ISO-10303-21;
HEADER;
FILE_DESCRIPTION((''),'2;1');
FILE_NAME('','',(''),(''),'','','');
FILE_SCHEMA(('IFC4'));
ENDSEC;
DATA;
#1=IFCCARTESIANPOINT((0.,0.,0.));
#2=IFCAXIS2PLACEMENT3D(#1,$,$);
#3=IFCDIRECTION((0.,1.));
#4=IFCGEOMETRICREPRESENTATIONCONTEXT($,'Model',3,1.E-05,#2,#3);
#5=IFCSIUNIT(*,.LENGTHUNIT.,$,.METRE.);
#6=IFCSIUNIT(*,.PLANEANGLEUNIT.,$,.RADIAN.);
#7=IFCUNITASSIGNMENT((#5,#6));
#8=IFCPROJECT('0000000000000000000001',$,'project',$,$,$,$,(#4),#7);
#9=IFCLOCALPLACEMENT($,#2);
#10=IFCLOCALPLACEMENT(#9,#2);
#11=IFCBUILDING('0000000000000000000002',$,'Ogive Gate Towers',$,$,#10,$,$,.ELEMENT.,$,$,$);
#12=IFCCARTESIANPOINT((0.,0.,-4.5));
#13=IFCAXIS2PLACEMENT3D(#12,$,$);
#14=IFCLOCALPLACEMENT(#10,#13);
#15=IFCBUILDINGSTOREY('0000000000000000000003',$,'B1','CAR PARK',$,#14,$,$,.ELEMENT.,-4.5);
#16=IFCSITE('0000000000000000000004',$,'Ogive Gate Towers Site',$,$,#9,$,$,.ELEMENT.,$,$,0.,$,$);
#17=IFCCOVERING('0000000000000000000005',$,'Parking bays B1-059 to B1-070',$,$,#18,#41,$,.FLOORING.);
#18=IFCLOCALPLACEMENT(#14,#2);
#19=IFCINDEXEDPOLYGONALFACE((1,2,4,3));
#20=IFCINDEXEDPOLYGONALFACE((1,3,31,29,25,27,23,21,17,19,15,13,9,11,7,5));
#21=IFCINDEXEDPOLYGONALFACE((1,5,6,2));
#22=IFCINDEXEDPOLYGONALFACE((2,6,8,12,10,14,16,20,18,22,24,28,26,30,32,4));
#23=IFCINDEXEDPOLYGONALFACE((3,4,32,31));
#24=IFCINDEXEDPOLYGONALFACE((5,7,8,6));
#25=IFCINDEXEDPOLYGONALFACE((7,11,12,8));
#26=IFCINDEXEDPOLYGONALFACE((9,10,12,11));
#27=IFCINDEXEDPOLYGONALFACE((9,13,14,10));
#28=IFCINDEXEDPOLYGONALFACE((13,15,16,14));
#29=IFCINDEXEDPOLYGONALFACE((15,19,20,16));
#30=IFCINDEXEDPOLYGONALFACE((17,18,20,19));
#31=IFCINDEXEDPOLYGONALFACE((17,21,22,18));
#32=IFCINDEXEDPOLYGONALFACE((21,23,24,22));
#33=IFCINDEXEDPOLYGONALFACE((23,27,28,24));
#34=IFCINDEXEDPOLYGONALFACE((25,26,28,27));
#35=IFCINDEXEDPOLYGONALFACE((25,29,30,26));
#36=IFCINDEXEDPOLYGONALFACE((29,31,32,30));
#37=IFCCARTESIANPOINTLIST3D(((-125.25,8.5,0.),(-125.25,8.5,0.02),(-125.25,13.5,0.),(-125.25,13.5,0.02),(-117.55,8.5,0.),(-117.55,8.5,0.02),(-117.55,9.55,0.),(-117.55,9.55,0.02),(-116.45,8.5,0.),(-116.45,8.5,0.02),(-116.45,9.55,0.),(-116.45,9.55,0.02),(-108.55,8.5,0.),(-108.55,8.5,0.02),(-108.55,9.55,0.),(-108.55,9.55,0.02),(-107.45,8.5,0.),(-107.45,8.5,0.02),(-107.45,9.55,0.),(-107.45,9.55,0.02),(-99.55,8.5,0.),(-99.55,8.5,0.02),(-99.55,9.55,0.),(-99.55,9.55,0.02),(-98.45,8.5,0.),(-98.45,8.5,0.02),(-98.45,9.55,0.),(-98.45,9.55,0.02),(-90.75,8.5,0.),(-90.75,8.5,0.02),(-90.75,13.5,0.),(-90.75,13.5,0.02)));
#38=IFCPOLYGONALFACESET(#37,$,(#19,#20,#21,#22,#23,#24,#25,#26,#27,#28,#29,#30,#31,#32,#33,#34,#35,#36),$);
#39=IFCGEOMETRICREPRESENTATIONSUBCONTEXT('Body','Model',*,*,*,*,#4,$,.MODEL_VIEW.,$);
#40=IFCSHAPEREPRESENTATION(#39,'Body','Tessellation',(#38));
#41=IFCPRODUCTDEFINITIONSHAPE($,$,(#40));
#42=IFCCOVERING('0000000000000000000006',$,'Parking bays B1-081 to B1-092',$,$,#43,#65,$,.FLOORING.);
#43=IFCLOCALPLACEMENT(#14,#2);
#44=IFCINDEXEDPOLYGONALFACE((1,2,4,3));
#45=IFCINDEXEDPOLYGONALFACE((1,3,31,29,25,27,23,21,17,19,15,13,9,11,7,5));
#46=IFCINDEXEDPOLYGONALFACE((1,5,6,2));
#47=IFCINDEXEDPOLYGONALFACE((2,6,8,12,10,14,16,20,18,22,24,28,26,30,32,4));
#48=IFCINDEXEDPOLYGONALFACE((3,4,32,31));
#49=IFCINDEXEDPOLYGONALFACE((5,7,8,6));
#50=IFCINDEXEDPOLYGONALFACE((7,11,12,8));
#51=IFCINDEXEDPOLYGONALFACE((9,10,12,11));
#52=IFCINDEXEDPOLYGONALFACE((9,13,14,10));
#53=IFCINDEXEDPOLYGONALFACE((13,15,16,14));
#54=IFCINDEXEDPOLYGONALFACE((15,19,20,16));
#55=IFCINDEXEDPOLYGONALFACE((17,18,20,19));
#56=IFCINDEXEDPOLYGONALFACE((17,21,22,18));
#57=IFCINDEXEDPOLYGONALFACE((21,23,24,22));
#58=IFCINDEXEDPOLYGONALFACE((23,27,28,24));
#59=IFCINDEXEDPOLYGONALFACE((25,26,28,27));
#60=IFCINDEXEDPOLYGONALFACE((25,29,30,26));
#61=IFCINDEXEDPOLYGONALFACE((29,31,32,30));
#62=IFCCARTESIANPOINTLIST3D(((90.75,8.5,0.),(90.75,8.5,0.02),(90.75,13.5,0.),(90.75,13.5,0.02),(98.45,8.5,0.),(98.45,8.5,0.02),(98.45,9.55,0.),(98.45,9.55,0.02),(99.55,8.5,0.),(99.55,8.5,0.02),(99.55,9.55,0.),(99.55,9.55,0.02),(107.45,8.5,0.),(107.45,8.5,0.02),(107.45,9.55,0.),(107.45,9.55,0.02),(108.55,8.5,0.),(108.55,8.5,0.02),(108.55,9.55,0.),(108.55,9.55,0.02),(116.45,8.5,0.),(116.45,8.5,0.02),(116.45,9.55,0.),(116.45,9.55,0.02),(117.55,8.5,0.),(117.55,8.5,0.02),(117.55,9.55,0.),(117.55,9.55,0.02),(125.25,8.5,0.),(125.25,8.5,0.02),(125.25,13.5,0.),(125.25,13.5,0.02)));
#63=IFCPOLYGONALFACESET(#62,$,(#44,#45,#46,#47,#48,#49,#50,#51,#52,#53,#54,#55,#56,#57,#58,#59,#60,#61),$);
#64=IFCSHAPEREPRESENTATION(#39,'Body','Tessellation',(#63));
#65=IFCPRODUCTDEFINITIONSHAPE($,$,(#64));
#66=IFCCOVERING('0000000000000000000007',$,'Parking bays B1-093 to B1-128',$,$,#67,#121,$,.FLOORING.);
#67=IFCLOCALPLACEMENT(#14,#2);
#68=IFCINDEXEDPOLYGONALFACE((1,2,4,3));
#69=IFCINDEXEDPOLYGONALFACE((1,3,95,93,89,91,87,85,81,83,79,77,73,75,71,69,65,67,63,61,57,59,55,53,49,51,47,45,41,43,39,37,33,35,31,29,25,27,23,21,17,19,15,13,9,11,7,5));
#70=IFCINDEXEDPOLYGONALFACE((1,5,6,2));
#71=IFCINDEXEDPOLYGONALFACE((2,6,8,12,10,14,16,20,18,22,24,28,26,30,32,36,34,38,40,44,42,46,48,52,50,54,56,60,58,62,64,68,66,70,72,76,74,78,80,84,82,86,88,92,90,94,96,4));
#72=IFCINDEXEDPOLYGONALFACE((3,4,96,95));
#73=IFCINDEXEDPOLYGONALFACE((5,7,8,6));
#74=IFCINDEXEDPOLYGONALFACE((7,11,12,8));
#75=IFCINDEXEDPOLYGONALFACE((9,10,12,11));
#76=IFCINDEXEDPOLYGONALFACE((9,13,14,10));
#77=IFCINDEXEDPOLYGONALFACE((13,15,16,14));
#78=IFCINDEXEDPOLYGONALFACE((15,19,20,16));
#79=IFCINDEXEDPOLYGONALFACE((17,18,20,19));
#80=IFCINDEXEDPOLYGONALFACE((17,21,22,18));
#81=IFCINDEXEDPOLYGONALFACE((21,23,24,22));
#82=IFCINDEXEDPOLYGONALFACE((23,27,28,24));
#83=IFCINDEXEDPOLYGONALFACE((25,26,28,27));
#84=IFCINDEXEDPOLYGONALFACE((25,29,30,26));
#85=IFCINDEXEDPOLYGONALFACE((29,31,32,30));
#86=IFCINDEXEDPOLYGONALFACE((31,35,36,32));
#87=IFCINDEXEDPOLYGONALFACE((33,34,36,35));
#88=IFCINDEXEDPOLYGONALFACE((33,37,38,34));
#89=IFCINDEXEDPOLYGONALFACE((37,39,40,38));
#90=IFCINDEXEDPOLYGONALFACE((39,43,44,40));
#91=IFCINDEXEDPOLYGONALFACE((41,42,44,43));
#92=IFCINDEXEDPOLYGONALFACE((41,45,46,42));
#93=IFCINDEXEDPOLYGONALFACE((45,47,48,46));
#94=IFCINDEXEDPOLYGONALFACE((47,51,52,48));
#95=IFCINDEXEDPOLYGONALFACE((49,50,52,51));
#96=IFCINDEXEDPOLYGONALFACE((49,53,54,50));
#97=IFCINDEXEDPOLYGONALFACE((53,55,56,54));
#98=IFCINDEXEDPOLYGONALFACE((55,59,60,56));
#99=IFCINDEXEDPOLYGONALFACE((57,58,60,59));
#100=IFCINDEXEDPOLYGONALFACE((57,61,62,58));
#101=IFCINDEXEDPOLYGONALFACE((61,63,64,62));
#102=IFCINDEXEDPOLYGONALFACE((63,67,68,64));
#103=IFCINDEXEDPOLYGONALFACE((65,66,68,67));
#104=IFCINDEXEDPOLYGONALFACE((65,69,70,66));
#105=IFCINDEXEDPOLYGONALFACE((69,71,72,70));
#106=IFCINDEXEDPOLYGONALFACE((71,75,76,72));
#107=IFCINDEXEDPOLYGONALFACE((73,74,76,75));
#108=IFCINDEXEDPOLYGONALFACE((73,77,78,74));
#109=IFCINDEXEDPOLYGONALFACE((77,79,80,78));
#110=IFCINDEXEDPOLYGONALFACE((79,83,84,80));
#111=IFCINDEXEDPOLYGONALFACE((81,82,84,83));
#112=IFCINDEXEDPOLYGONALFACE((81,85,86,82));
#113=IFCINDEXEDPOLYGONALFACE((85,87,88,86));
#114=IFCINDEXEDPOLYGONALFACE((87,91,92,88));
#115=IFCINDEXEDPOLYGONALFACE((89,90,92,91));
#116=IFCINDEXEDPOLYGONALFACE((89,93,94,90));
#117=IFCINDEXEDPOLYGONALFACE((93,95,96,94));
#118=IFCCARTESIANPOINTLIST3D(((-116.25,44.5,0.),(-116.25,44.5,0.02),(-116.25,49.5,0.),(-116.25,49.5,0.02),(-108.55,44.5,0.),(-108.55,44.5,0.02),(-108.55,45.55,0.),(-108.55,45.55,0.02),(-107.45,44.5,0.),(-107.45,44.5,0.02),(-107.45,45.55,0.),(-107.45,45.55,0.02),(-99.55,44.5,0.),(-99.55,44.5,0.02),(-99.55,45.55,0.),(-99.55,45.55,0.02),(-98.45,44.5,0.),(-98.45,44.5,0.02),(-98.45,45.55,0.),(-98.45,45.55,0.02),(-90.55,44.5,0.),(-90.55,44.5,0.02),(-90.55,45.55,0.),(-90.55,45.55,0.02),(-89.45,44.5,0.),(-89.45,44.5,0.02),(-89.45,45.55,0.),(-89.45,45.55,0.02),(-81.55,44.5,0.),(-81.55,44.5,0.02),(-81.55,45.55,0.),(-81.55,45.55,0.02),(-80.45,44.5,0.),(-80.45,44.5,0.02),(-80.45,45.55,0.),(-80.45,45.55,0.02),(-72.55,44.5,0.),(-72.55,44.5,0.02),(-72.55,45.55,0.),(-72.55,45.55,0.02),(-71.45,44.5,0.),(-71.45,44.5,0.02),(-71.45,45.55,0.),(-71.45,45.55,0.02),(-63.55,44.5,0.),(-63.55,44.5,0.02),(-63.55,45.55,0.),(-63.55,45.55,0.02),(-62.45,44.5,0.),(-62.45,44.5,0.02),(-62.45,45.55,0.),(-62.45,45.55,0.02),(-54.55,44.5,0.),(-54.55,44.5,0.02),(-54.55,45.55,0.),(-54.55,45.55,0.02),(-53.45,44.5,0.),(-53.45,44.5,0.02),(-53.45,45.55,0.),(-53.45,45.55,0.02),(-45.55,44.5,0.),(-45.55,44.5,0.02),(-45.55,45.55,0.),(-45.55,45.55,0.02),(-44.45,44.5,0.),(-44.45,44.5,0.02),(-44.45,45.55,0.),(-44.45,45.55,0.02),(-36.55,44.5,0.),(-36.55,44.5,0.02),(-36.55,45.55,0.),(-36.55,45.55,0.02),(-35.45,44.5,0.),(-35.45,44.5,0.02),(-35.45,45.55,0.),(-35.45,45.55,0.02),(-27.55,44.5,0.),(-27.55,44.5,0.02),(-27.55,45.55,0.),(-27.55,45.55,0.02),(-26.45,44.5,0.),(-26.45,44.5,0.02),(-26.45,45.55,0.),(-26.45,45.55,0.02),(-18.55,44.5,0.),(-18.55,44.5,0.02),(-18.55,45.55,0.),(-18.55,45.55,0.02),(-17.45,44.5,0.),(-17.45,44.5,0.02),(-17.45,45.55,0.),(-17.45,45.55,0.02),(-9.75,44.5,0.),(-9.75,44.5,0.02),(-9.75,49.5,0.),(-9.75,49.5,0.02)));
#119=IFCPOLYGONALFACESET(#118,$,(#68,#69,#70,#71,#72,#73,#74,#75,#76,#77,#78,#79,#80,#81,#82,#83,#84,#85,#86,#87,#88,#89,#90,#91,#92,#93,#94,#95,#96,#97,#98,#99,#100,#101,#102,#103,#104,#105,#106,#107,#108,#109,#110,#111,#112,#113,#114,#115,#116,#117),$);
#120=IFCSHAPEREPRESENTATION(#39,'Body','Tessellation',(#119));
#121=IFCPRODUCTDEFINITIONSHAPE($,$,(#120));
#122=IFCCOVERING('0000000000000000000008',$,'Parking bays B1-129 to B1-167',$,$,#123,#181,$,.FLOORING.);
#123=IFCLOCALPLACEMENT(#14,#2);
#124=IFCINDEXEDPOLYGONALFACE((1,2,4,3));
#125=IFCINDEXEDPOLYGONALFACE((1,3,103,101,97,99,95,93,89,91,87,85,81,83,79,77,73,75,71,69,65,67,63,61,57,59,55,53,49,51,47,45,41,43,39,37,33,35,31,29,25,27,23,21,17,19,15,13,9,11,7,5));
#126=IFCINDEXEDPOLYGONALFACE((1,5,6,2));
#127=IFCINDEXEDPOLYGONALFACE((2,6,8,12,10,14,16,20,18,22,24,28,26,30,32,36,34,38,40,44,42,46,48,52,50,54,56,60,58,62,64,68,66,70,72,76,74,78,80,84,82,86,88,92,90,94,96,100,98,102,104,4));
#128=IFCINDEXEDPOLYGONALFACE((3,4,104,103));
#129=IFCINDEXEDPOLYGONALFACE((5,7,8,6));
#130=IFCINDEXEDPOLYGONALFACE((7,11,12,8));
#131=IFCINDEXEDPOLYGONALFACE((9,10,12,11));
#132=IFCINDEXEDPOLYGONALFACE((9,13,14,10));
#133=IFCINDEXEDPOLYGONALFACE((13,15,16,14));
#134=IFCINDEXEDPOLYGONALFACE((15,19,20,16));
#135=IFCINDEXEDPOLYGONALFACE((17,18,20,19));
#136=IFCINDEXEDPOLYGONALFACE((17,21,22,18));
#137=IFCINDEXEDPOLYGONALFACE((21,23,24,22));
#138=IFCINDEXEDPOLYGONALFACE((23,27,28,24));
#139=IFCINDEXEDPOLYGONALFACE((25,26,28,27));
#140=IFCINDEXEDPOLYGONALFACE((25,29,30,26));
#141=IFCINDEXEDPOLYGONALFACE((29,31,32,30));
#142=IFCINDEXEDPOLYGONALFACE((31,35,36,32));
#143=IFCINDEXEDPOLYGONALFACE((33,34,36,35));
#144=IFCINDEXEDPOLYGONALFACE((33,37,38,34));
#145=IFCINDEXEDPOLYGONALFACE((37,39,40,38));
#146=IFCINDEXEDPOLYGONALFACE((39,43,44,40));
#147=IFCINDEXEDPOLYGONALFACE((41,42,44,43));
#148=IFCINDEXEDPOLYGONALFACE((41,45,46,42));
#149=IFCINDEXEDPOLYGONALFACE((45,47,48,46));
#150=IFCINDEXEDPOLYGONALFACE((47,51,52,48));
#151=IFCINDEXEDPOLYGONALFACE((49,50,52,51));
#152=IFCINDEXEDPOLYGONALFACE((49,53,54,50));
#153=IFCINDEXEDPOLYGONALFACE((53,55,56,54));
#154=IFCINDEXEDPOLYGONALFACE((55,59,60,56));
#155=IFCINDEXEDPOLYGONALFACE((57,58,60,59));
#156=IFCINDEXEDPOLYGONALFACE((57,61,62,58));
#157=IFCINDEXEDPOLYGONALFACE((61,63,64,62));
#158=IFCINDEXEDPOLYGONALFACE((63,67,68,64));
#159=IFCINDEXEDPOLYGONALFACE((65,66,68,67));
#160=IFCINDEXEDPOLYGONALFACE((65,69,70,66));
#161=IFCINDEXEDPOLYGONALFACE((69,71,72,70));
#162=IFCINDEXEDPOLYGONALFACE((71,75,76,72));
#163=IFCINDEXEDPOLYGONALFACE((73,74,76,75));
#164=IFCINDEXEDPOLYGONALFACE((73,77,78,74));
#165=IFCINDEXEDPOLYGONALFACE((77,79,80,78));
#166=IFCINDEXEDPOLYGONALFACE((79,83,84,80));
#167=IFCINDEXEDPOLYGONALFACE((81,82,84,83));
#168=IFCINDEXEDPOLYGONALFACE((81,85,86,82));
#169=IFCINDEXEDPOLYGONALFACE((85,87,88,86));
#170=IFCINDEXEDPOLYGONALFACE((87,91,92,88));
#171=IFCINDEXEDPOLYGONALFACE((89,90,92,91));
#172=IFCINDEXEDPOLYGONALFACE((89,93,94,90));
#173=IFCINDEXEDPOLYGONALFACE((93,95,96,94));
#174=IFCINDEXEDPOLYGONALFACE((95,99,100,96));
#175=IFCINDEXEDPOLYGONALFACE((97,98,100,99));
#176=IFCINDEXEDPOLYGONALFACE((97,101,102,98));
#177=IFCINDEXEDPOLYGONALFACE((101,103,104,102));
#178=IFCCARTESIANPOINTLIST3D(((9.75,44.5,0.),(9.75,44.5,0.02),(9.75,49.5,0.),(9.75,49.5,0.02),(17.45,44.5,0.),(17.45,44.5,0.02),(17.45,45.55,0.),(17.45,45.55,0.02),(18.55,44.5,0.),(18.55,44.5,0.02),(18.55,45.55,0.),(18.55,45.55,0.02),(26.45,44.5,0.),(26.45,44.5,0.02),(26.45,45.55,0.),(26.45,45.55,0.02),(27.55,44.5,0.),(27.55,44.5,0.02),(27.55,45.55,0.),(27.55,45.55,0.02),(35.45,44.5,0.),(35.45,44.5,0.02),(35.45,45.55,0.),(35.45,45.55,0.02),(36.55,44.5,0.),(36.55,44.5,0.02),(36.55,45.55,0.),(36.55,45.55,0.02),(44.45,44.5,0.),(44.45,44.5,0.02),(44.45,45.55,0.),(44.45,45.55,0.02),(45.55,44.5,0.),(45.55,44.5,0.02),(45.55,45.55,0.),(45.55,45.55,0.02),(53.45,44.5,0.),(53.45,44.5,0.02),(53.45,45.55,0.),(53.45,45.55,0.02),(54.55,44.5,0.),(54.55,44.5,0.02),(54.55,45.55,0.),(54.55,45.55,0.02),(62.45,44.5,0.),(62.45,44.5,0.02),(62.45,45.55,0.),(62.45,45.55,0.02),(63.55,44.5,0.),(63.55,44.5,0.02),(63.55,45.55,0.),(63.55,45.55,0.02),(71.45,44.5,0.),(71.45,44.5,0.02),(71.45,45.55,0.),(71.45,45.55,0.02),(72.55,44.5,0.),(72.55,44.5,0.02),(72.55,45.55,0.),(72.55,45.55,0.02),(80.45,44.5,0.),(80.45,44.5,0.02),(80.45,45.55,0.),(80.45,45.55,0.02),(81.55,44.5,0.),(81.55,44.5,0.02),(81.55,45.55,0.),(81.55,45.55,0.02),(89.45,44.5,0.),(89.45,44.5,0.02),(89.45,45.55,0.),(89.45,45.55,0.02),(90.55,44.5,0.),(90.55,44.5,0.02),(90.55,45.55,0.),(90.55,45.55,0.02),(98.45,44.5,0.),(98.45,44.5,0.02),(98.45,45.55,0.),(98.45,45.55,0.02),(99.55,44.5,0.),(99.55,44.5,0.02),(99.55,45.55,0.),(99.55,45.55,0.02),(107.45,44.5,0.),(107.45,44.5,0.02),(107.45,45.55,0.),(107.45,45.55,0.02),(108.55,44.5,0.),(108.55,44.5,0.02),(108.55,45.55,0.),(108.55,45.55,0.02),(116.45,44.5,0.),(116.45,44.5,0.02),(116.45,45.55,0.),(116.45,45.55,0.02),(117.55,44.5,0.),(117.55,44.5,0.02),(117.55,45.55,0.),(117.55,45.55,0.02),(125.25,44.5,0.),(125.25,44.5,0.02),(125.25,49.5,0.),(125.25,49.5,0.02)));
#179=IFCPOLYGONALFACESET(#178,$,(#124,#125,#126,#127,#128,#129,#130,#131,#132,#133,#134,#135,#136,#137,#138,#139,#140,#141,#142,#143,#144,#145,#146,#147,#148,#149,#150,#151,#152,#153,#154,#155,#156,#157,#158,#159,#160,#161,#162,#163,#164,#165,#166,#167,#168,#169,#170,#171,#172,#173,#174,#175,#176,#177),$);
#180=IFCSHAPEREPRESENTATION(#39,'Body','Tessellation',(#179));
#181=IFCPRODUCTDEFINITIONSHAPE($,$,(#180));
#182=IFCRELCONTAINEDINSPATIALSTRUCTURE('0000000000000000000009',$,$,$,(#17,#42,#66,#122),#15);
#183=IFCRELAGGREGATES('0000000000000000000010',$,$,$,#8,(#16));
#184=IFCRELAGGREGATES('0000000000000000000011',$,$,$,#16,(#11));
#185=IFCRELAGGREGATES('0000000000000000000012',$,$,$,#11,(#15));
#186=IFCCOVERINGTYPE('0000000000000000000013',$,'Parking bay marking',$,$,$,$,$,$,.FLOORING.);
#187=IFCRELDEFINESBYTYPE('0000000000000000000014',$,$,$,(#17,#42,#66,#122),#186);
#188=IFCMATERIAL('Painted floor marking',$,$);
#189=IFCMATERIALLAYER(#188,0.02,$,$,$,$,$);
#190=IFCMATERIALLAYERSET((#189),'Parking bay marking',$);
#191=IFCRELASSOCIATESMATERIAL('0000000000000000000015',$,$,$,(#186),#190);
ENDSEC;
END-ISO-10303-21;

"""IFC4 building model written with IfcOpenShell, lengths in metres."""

from ifc_helpers import new_model, si_unit, direction, frame, origin, place, context, subcontext, project, spatial, polyline, outline, extrude, material, layer, layer_set, type_object, element, save


model = new_model("IFC4")

# Units and contexts
model_context = context("Model", 3, precision=1e-05, world=origin(), true_north=direction((0.0, 1.0)))
body_context = subcontext(model_context, "Body", "Model", "MODEL_VIEW")
ifc_project = project(units=[si_unit("LENGTHUNIT", "METRE"), si_unit("PLANEANGLEUNIT", "RADIAN")], contexts=[model_context])

# Site, building, storey
site_placement = place(None, origin())
site = spatial("IfcSite", under=ifc_project, at=site_placement, Name="Ogive Gate Towers Site", CompositionType="ELEMENT", RefElevation=0.0)
building_placement = place(site_placement, origin())
building = spatial("IfcBuilding", under=site, at=building_placement, Name="Ogive Gate Towers", CompositionType="ELEMENT")
storey_placement = place(building_placement, frame((0.0, 0.0, -4.5)))
storey = spatial("IfcBuildingStorey", under=building, at=storey_placement, Name="B1", Description="CAR PARK", CompositionType="ELEMENT", Elevation=-4.5)

# Coverings
ifc_material_1 = material(Name="Painted floor marking")
ifc_layer_1 = layer(ifc_material_1, 0.02)
ifc_layer_set_1 = layer_set([ifc_layer_1], Name="Parking bay marking")
covering_type_1 = type_object("IfcCoveringType", Name="Parking bay marking", PredefinedType="FLOORING", material=ifc_layer_set_1)
covering_1_placement = place(storey_placement, origin())
element("IfcCovering", 1, at=covering_1_placement, inside=storey, type_object=covering_type_1, Name="Parking bays B1-059 to B1-070", PredefinedType="FLOORING", context=body_context, shape_type="SweptSolid", body=[
    extrude(outline(polyline([(-125.25, 13.5), (-90.75, 13.5), (-90.75, 8.5), (-98.45, 8.5), (-98.45, 9.55), (-99.55, 9.55), (-99.55, 8.5), (-107.45, 8.5), (-107.45, 9.55), (-108.55, 9.55), (-108.55, 8.5), (-116.45, 8.5), (-116.45, 9.55), (-117.55, 9.55), (-117.55, 8.5), (-125.25, 8.5), (-125.25, 13.5)])), origin(), (0.0, 0.0, 1.0), 0.02),
])
covering_2_placement = place(storey_placement, origin())
element("IfcCovering", 2, at=covering_2_placement, inside=storey, type_object=covering_type_1, Name="Parking bays B1-081 to B1-092", PredefinedType="FLOORING", context=body_context, shape_type="SweptSolid", body=[
    extrude(outline(polyline([(90.75, 13.5), (125.25, 13.5), (125.25, 8.5), (117.55, 8.5), (117.55, 9.55), (116.45, 9.55), (116.45, 8.5), (108.55, 8.5), (108.55, 9.55), (107.45, 9.55), (107.45, 8.5), (99.55, 8.5), (99.55, 9.55), (98.45, 9.55), (98.45, 8.5), (90.75, 8.5), (90.75, 13.5)])), origin(), (0.0, 0.0, 1.0), 0.02),
])
covering_3_placement = place(storey_placement, origin())
element("IfcCovering", 3, at=covering_3_placement, inside=storey, type_object=covering_type_1, Name="Parking bays B1-093 to B1-128", PredefinedType="FLOORING", context=body_context, shape_type="SweptSolid", body=[
    extrude(outline(polyline([(-9.75, 49.5), (-9.75, 44.5), (-17.45, 44.5), (-17.45, 45.55), (-18.55, 45.55), (-18.55, 44.5), (-26.45, 44.5), (-26.45, 45.55), (-27.55, 45.55), (-27.55, 44.5), (-35.45, 44.5), (-35.45, 45.55), (-36.55, 45.55), (-36.55, 44.5), (-44.45, 44.5), (-44.45, 45.55), (-45.55, 45.55), (-45.55, 44.5), (-53.45, 44.5), (-53.45, 45.55), (-54.55, 45.55), (-54.55, 44.5), (-62.45, 44.5), (-62.45, 45.55), (-63.55, 45.55), (-63.55, 44.5), (-71.45, 44.5), (-71.45, 45.55), (-72.55, 45.55), (-72.55, 44.5), (-80.45, 44.5), (-80.45, 45.55), (-81.55, 45.55), (-81.55, 44.5), (-89.45, 44.5), (-89.45, 45.55), (-90.55, 45.55), (-90.55, 44.5), (-98.45, 44.5), (-98.45, 45.55), (-99.55, 45.55), (-99.55, 44.5), (-107.45, 44.5), (-107.45, 45.55), (-108.55, 45.55), (-108.55, 44.5), (-116.25, 44.5), (-116.25, 49.5), (-9.75, 49.5)])), origin(), (0.0, 0.0, 1.0), 0.02),
])
covering_4_placement = place(storey_placement, origin())
element("IfcCovering", 4, at=covering_4_placement, inside=storey, type_object=covering_type_1, Name="Parking bays B1-129 to B1-167", PredefinedType="FLOORING", context=body_context, shape_type="SweptSolid", body=[
    extrude(outline(polyline([(9.75, 49.5), (125.25, 49.5), (125.25, 44.5), (117.55, 44.5), (117.55, 45.55), (116.45, 45.55), (116.45, 44.5), (108.55, 44.5), (108.55, 45.55), (107.45, 45.55), (107.45, 44.5), (99.55, 44.5), (99.55, 45.55), (98.45, 45.55), (98.45, 44.5), (90.55, 44.5), (90.55, 45.55), (89.45, 45.55), (89.45, 44.5), (81.55, 44.5), (81.55, 45.55), (80.45, 45.55), (80.45, 44.5), (72.55, 44.5), (72.55, 45.55), (71.45, 45.55), (71.45, 44.5), (63.55, 44.5), (63.55, 45.55), (62.45, 45.55), (62.45, 44.5), (54.55, 44.5), (54.55, 45.55), (53.45, 45.55), (53.45, 44.5), (45.55, 44.5), (45.55, 45.55), (44.45, 45.55), (44.45, 44.5), (36.55, 44.5), (36.55, 45.55), (35.45, 45.55), (35.45, 44.5), (27.55, 44.5), (27.55, 45.55), (26.45, 45.55), (26.45, 44.5), (18.55, 44.5), (18.55, 45.55), (17.45, 45.55), (17.45, 44.5), (9.75, 44.5), (9.75, 49.5)])), origin(), (0.0, 0.0, 1.0), 0.02),
])

save(model, "model.ifc")
